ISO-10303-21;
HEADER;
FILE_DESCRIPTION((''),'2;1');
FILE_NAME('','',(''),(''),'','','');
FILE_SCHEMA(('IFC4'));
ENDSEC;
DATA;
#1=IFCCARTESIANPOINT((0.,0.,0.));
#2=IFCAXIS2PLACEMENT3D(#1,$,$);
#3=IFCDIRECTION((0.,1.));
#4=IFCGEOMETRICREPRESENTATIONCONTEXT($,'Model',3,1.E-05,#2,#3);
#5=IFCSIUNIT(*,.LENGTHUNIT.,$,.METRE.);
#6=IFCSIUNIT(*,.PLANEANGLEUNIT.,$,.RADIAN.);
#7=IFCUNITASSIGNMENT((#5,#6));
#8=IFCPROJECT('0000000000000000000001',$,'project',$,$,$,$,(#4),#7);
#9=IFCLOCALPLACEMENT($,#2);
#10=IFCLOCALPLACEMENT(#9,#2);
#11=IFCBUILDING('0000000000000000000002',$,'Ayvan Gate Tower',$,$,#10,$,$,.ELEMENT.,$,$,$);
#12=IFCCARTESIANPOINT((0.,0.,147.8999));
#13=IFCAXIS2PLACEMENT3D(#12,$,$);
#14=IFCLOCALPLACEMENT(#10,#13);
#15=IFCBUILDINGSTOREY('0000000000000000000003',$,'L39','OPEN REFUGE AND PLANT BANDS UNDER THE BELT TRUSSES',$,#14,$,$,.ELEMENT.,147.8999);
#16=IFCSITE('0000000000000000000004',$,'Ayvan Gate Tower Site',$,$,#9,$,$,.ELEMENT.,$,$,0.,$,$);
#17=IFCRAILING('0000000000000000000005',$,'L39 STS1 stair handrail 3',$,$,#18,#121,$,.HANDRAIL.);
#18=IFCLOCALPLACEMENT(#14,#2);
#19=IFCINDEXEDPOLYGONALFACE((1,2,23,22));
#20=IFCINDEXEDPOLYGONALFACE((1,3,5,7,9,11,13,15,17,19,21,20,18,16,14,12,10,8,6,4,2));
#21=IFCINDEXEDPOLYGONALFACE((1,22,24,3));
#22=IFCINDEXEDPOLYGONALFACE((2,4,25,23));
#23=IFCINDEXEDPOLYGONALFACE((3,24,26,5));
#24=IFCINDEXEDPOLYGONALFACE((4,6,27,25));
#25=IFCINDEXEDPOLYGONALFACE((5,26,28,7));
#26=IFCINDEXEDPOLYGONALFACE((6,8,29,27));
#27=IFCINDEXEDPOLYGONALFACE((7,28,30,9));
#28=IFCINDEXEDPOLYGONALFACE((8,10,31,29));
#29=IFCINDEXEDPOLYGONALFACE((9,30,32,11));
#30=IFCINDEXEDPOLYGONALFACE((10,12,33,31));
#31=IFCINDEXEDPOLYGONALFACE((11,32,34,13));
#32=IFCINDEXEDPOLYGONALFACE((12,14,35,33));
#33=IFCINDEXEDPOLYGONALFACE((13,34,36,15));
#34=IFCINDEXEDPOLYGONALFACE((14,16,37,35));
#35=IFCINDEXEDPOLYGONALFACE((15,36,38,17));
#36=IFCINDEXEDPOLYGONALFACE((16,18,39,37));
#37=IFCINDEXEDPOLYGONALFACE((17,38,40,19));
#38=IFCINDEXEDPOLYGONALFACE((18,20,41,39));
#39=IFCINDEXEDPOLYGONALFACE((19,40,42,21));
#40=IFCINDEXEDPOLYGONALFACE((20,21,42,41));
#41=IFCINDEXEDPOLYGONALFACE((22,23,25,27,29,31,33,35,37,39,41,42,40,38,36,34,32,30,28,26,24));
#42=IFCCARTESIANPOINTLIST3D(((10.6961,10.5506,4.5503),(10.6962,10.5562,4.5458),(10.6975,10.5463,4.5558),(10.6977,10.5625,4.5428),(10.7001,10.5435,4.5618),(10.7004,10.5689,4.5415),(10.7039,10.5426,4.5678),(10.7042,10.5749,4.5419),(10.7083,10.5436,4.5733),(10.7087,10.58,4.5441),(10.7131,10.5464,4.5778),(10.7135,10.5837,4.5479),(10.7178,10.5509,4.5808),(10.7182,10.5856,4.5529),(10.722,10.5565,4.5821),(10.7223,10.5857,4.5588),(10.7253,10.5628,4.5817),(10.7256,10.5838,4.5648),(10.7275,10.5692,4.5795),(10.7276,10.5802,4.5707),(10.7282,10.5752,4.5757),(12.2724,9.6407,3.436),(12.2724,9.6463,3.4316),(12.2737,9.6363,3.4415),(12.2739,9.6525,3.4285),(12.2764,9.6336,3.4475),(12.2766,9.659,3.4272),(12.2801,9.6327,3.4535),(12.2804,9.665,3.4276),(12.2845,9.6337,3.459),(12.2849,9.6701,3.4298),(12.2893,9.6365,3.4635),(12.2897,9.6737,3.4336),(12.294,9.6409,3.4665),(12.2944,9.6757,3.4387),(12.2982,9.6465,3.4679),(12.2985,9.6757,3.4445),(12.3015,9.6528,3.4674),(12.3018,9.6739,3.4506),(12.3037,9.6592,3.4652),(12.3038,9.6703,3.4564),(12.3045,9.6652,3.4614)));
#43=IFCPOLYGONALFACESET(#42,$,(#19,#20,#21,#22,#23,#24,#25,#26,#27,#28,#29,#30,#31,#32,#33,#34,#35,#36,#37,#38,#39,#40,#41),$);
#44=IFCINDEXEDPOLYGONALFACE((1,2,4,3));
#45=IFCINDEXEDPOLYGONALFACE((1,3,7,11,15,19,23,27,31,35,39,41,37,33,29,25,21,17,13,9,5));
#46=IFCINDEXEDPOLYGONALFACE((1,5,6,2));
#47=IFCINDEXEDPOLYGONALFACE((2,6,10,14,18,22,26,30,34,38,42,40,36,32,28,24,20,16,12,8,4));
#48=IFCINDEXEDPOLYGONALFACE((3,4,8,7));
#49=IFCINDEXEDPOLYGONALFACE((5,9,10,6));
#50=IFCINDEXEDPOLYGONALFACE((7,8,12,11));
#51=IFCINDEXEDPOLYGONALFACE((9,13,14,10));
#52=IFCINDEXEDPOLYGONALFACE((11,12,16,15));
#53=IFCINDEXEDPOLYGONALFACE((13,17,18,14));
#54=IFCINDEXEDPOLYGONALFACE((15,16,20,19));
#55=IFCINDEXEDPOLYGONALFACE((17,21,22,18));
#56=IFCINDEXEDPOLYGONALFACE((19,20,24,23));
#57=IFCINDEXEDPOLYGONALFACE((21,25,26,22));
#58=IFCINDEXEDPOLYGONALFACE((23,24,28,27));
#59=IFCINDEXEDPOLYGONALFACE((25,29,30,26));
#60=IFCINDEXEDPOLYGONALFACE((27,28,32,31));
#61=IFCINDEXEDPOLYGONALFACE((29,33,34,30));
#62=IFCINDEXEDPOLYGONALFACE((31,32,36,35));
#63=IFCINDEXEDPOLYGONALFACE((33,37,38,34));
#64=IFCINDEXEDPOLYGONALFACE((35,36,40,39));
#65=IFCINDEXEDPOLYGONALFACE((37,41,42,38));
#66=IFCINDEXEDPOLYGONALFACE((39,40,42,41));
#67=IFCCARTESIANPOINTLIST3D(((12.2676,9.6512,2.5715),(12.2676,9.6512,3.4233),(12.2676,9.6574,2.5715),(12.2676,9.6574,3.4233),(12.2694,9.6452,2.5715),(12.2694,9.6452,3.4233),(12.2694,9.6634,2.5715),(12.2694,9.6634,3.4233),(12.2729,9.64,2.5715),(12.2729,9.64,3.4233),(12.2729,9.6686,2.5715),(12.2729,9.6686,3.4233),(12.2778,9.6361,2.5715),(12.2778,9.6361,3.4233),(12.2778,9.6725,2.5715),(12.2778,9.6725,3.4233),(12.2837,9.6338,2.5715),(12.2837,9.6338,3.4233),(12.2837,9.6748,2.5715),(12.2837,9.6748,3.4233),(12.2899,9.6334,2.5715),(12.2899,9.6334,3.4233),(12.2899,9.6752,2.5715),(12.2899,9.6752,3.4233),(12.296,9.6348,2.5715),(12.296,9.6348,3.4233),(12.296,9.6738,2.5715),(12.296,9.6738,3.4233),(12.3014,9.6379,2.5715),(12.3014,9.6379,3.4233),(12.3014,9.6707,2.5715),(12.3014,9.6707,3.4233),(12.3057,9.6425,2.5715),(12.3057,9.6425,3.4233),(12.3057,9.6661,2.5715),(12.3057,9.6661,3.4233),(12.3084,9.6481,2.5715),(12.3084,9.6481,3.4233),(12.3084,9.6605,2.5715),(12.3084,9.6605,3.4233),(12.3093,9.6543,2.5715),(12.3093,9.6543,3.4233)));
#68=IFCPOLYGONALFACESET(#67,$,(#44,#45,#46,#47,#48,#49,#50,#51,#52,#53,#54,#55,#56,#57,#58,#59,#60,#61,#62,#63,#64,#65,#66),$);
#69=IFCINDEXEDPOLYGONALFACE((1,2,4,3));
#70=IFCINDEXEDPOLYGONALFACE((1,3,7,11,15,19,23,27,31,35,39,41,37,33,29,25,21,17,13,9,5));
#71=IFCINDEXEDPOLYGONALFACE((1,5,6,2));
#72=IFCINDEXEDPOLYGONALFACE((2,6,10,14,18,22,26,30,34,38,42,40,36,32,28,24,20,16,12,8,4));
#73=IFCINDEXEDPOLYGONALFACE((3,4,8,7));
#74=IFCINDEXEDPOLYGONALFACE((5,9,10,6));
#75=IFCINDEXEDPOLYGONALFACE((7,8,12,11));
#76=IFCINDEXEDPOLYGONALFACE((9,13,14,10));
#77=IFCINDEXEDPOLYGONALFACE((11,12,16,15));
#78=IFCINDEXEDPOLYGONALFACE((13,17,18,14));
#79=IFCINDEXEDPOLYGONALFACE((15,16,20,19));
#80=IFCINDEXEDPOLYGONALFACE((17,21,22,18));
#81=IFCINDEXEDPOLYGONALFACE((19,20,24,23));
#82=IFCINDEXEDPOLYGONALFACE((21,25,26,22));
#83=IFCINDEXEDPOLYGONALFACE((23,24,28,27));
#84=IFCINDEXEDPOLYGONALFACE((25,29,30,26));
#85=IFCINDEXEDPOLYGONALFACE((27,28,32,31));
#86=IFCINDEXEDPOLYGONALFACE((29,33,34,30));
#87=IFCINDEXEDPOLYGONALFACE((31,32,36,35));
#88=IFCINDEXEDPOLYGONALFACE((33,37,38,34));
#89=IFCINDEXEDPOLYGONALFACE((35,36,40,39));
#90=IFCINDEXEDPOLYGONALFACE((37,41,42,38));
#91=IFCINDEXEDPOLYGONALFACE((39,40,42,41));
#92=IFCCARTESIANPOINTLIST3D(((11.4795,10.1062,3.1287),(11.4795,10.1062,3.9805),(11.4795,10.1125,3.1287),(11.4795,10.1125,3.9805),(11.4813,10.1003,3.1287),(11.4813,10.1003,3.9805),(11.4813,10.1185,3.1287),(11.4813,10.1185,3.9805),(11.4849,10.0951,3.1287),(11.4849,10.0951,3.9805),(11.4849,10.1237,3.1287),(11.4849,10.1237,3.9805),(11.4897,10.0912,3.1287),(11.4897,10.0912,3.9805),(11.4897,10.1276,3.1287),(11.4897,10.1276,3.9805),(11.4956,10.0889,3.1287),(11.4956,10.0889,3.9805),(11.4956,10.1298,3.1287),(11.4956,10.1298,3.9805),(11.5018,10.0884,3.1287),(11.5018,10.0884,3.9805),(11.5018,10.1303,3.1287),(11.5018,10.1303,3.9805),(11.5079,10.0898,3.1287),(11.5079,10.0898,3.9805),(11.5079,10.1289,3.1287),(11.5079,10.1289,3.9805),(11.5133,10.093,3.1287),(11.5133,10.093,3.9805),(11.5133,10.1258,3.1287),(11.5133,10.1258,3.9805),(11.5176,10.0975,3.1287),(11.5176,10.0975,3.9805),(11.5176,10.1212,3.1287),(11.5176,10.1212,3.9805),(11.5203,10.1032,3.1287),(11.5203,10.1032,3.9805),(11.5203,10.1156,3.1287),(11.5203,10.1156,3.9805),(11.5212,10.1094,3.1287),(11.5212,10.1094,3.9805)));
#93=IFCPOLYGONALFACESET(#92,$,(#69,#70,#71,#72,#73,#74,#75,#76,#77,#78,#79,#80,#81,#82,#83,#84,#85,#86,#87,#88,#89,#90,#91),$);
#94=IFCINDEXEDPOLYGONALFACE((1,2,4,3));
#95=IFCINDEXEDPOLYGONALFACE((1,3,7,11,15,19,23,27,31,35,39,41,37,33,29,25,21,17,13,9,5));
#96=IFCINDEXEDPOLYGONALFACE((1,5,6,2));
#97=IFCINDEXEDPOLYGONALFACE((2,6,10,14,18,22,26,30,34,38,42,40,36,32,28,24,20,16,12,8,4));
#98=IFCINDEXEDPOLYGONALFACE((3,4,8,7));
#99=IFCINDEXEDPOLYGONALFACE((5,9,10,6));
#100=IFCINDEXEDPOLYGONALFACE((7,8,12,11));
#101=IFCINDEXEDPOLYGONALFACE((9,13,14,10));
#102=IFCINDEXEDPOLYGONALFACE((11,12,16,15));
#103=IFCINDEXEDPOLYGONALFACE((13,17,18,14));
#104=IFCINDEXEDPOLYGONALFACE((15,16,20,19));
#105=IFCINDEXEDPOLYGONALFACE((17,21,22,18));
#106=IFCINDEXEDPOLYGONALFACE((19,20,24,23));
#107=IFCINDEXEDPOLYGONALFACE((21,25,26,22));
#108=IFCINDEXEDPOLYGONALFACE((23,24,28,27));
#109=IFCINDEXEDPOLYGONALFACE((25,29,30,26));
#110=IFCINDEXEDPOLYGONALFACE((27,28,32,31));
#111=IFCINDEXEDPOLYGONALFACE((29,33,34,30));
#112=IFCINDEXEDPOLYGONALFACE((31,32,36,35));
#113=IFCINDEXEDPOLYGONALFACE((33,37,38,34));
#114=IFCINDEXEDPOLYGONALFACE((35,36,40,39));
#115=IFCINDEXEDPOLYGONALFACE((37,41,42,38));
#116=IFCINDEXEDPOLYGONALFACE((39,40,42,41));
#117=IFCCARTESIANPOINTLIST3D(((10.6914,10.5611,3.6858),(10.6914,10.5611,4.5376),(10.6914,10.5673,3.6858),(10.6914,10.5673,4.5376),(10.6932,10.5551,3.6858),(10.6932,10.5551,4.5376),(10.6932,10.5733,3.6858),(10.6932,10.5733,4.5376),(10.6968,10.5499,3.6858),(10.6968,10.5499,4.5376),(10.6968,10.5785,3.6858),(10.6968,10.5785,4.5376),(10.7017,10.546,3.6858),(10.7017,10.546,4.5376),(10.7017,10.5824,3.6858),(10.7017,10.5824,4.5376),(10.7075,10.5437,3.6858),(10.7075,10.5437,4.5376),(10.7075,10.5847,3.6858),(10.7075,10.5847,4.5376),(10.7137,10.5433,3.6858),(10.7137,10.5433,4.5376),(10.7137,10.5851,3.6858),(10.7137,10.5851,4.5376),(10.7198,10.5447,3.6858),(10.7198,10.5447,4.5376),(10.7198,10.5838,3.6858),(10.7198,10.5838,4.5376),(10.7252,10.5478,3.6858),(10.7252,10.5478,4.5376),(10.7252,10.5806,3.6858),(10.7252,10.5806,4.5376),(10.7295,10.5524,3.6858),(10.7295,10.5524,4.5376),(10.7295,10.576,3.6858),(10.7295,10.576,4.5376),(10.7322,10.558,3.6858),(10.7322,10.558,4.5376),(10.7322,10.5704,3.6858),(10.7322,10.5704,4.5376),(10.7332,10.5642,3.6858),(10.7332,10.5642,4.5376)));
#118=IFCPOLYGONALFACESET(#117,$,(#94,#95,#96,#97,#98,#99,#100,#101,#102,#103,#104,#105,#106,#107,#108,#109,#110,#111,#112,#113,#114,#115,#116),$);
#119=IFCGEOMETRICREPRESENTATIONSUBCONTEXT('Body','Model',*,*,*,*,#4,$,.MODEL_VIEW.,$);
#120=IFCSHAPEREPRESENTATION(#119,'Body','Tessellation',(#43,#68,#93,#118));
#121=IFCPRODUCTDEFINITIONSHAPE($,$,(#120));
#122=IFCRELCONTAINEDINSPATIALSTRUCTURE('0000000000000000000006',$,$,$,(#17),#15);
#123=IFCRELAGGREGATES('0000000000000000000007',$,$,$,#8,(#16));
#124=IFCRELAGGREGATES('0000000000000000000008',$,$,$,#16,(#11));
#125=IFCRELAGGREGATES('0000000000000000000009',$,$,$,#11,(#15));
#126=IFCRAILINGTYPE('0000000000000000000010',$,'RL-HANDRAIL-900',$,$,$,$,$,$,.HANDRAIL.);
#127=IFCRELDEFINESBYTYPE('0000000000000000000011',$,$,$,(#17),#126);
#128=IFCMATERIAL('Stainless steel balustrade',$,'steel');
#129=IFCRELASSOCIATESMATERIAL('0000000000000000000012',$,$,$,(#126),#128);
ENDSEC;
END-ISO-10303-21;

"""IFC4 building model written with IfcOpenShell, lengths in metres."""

from ifc_helpers import new_model, si_unit, direction, frame, origin, origin_2d, place, context, subcontext, project, spatial, circle, extrude, material, type_object, element, save


model = new_model("IFC4")

# Units and contexts
model_context = context("Model", 3, precision=1e-05, world=origin(), true_north=direction((0.0, 1.0)))
body_context = subcontext(model_context, "Body", "Model", "MODEL_VIEW")
ifc_project = project(units=[si_unit("LENGTHUNIT", "METRE"), si_unit("PLANEANGLEUNIT", "RADIAN")], contexts=[model_context])

# Site, building, storey
site_placement = place(None, origin())
site = spatial("IfcSite", under=ifc_project, at=site_placement, Name="Ayvan Gate Tower Site", CompositionType="ELEMENT", RefElevation=0.0)
building_placement = place(site_placement, origin())
building = spatial("IfcBuilding", under=site, at=building_placement, Name="Ayvan Gate Tower", CompositionType="ELEMENT")
storey_placement = place(building_placement, frame((0.0, 0.0, 147.8999)))
storey = spatial("IfcBuildingStorey", under=building, at=storey_placement, Name="L39", Description="OPEN REFUGE AND PLANT BANDS UNDER THE BELT TRUSSES", CompositionType="ELEMENT", Elevation=147.8999)

# Railing
ifc_material_1 = material(Name="Stainless steel balustrade", Category="steel")
railing_type_1 = type_object("IfcRailingType", Name="RL-HANDRAIL-900", PredefinedType="HANDRAIL", material=ifc_material_1)
for number, where, name in (
    (1, (12.2883, 9.6543, 2.5715), "L39 STS1 stair handrail 3"),
):
    element("IfcRailing", number, at=place(storey_placement, frame(where)), inside=storey, type_object=railing_type_1, Name=name, PredefinedType="HANDRAIL", context=body_context, shape_type="SweptSolid", body=[
        extrude(circle(Radius=0.0239, at=origin_2d()), frame((0.0, 0.0, 0.876), z_axis=(-0.73861, 0.426394, 0.522153), x_axis=(-0.499962, -0.866047, 0.0)), (0.0, 0.0, 1.0), 2.134),
        extrude(circle(Radius=0.021, at=origin_2d()), origin(), (0.0, 0.0, 1.0), 0.8518),
        extrude(circle(Radius=0.021, at=origin_2d()), frame((-0.7881, 0.4551, 0.5571)), (0.0, 0.0, 1.0), 0.8518),
        extrude(circle(Radius=0.021, at=origin_2d()), frame((-1.5762, 0.9099, 1.1143)), (0.0, 0.0, 1.0), 0.8518),
    ])

save(model, "model.ifc")
